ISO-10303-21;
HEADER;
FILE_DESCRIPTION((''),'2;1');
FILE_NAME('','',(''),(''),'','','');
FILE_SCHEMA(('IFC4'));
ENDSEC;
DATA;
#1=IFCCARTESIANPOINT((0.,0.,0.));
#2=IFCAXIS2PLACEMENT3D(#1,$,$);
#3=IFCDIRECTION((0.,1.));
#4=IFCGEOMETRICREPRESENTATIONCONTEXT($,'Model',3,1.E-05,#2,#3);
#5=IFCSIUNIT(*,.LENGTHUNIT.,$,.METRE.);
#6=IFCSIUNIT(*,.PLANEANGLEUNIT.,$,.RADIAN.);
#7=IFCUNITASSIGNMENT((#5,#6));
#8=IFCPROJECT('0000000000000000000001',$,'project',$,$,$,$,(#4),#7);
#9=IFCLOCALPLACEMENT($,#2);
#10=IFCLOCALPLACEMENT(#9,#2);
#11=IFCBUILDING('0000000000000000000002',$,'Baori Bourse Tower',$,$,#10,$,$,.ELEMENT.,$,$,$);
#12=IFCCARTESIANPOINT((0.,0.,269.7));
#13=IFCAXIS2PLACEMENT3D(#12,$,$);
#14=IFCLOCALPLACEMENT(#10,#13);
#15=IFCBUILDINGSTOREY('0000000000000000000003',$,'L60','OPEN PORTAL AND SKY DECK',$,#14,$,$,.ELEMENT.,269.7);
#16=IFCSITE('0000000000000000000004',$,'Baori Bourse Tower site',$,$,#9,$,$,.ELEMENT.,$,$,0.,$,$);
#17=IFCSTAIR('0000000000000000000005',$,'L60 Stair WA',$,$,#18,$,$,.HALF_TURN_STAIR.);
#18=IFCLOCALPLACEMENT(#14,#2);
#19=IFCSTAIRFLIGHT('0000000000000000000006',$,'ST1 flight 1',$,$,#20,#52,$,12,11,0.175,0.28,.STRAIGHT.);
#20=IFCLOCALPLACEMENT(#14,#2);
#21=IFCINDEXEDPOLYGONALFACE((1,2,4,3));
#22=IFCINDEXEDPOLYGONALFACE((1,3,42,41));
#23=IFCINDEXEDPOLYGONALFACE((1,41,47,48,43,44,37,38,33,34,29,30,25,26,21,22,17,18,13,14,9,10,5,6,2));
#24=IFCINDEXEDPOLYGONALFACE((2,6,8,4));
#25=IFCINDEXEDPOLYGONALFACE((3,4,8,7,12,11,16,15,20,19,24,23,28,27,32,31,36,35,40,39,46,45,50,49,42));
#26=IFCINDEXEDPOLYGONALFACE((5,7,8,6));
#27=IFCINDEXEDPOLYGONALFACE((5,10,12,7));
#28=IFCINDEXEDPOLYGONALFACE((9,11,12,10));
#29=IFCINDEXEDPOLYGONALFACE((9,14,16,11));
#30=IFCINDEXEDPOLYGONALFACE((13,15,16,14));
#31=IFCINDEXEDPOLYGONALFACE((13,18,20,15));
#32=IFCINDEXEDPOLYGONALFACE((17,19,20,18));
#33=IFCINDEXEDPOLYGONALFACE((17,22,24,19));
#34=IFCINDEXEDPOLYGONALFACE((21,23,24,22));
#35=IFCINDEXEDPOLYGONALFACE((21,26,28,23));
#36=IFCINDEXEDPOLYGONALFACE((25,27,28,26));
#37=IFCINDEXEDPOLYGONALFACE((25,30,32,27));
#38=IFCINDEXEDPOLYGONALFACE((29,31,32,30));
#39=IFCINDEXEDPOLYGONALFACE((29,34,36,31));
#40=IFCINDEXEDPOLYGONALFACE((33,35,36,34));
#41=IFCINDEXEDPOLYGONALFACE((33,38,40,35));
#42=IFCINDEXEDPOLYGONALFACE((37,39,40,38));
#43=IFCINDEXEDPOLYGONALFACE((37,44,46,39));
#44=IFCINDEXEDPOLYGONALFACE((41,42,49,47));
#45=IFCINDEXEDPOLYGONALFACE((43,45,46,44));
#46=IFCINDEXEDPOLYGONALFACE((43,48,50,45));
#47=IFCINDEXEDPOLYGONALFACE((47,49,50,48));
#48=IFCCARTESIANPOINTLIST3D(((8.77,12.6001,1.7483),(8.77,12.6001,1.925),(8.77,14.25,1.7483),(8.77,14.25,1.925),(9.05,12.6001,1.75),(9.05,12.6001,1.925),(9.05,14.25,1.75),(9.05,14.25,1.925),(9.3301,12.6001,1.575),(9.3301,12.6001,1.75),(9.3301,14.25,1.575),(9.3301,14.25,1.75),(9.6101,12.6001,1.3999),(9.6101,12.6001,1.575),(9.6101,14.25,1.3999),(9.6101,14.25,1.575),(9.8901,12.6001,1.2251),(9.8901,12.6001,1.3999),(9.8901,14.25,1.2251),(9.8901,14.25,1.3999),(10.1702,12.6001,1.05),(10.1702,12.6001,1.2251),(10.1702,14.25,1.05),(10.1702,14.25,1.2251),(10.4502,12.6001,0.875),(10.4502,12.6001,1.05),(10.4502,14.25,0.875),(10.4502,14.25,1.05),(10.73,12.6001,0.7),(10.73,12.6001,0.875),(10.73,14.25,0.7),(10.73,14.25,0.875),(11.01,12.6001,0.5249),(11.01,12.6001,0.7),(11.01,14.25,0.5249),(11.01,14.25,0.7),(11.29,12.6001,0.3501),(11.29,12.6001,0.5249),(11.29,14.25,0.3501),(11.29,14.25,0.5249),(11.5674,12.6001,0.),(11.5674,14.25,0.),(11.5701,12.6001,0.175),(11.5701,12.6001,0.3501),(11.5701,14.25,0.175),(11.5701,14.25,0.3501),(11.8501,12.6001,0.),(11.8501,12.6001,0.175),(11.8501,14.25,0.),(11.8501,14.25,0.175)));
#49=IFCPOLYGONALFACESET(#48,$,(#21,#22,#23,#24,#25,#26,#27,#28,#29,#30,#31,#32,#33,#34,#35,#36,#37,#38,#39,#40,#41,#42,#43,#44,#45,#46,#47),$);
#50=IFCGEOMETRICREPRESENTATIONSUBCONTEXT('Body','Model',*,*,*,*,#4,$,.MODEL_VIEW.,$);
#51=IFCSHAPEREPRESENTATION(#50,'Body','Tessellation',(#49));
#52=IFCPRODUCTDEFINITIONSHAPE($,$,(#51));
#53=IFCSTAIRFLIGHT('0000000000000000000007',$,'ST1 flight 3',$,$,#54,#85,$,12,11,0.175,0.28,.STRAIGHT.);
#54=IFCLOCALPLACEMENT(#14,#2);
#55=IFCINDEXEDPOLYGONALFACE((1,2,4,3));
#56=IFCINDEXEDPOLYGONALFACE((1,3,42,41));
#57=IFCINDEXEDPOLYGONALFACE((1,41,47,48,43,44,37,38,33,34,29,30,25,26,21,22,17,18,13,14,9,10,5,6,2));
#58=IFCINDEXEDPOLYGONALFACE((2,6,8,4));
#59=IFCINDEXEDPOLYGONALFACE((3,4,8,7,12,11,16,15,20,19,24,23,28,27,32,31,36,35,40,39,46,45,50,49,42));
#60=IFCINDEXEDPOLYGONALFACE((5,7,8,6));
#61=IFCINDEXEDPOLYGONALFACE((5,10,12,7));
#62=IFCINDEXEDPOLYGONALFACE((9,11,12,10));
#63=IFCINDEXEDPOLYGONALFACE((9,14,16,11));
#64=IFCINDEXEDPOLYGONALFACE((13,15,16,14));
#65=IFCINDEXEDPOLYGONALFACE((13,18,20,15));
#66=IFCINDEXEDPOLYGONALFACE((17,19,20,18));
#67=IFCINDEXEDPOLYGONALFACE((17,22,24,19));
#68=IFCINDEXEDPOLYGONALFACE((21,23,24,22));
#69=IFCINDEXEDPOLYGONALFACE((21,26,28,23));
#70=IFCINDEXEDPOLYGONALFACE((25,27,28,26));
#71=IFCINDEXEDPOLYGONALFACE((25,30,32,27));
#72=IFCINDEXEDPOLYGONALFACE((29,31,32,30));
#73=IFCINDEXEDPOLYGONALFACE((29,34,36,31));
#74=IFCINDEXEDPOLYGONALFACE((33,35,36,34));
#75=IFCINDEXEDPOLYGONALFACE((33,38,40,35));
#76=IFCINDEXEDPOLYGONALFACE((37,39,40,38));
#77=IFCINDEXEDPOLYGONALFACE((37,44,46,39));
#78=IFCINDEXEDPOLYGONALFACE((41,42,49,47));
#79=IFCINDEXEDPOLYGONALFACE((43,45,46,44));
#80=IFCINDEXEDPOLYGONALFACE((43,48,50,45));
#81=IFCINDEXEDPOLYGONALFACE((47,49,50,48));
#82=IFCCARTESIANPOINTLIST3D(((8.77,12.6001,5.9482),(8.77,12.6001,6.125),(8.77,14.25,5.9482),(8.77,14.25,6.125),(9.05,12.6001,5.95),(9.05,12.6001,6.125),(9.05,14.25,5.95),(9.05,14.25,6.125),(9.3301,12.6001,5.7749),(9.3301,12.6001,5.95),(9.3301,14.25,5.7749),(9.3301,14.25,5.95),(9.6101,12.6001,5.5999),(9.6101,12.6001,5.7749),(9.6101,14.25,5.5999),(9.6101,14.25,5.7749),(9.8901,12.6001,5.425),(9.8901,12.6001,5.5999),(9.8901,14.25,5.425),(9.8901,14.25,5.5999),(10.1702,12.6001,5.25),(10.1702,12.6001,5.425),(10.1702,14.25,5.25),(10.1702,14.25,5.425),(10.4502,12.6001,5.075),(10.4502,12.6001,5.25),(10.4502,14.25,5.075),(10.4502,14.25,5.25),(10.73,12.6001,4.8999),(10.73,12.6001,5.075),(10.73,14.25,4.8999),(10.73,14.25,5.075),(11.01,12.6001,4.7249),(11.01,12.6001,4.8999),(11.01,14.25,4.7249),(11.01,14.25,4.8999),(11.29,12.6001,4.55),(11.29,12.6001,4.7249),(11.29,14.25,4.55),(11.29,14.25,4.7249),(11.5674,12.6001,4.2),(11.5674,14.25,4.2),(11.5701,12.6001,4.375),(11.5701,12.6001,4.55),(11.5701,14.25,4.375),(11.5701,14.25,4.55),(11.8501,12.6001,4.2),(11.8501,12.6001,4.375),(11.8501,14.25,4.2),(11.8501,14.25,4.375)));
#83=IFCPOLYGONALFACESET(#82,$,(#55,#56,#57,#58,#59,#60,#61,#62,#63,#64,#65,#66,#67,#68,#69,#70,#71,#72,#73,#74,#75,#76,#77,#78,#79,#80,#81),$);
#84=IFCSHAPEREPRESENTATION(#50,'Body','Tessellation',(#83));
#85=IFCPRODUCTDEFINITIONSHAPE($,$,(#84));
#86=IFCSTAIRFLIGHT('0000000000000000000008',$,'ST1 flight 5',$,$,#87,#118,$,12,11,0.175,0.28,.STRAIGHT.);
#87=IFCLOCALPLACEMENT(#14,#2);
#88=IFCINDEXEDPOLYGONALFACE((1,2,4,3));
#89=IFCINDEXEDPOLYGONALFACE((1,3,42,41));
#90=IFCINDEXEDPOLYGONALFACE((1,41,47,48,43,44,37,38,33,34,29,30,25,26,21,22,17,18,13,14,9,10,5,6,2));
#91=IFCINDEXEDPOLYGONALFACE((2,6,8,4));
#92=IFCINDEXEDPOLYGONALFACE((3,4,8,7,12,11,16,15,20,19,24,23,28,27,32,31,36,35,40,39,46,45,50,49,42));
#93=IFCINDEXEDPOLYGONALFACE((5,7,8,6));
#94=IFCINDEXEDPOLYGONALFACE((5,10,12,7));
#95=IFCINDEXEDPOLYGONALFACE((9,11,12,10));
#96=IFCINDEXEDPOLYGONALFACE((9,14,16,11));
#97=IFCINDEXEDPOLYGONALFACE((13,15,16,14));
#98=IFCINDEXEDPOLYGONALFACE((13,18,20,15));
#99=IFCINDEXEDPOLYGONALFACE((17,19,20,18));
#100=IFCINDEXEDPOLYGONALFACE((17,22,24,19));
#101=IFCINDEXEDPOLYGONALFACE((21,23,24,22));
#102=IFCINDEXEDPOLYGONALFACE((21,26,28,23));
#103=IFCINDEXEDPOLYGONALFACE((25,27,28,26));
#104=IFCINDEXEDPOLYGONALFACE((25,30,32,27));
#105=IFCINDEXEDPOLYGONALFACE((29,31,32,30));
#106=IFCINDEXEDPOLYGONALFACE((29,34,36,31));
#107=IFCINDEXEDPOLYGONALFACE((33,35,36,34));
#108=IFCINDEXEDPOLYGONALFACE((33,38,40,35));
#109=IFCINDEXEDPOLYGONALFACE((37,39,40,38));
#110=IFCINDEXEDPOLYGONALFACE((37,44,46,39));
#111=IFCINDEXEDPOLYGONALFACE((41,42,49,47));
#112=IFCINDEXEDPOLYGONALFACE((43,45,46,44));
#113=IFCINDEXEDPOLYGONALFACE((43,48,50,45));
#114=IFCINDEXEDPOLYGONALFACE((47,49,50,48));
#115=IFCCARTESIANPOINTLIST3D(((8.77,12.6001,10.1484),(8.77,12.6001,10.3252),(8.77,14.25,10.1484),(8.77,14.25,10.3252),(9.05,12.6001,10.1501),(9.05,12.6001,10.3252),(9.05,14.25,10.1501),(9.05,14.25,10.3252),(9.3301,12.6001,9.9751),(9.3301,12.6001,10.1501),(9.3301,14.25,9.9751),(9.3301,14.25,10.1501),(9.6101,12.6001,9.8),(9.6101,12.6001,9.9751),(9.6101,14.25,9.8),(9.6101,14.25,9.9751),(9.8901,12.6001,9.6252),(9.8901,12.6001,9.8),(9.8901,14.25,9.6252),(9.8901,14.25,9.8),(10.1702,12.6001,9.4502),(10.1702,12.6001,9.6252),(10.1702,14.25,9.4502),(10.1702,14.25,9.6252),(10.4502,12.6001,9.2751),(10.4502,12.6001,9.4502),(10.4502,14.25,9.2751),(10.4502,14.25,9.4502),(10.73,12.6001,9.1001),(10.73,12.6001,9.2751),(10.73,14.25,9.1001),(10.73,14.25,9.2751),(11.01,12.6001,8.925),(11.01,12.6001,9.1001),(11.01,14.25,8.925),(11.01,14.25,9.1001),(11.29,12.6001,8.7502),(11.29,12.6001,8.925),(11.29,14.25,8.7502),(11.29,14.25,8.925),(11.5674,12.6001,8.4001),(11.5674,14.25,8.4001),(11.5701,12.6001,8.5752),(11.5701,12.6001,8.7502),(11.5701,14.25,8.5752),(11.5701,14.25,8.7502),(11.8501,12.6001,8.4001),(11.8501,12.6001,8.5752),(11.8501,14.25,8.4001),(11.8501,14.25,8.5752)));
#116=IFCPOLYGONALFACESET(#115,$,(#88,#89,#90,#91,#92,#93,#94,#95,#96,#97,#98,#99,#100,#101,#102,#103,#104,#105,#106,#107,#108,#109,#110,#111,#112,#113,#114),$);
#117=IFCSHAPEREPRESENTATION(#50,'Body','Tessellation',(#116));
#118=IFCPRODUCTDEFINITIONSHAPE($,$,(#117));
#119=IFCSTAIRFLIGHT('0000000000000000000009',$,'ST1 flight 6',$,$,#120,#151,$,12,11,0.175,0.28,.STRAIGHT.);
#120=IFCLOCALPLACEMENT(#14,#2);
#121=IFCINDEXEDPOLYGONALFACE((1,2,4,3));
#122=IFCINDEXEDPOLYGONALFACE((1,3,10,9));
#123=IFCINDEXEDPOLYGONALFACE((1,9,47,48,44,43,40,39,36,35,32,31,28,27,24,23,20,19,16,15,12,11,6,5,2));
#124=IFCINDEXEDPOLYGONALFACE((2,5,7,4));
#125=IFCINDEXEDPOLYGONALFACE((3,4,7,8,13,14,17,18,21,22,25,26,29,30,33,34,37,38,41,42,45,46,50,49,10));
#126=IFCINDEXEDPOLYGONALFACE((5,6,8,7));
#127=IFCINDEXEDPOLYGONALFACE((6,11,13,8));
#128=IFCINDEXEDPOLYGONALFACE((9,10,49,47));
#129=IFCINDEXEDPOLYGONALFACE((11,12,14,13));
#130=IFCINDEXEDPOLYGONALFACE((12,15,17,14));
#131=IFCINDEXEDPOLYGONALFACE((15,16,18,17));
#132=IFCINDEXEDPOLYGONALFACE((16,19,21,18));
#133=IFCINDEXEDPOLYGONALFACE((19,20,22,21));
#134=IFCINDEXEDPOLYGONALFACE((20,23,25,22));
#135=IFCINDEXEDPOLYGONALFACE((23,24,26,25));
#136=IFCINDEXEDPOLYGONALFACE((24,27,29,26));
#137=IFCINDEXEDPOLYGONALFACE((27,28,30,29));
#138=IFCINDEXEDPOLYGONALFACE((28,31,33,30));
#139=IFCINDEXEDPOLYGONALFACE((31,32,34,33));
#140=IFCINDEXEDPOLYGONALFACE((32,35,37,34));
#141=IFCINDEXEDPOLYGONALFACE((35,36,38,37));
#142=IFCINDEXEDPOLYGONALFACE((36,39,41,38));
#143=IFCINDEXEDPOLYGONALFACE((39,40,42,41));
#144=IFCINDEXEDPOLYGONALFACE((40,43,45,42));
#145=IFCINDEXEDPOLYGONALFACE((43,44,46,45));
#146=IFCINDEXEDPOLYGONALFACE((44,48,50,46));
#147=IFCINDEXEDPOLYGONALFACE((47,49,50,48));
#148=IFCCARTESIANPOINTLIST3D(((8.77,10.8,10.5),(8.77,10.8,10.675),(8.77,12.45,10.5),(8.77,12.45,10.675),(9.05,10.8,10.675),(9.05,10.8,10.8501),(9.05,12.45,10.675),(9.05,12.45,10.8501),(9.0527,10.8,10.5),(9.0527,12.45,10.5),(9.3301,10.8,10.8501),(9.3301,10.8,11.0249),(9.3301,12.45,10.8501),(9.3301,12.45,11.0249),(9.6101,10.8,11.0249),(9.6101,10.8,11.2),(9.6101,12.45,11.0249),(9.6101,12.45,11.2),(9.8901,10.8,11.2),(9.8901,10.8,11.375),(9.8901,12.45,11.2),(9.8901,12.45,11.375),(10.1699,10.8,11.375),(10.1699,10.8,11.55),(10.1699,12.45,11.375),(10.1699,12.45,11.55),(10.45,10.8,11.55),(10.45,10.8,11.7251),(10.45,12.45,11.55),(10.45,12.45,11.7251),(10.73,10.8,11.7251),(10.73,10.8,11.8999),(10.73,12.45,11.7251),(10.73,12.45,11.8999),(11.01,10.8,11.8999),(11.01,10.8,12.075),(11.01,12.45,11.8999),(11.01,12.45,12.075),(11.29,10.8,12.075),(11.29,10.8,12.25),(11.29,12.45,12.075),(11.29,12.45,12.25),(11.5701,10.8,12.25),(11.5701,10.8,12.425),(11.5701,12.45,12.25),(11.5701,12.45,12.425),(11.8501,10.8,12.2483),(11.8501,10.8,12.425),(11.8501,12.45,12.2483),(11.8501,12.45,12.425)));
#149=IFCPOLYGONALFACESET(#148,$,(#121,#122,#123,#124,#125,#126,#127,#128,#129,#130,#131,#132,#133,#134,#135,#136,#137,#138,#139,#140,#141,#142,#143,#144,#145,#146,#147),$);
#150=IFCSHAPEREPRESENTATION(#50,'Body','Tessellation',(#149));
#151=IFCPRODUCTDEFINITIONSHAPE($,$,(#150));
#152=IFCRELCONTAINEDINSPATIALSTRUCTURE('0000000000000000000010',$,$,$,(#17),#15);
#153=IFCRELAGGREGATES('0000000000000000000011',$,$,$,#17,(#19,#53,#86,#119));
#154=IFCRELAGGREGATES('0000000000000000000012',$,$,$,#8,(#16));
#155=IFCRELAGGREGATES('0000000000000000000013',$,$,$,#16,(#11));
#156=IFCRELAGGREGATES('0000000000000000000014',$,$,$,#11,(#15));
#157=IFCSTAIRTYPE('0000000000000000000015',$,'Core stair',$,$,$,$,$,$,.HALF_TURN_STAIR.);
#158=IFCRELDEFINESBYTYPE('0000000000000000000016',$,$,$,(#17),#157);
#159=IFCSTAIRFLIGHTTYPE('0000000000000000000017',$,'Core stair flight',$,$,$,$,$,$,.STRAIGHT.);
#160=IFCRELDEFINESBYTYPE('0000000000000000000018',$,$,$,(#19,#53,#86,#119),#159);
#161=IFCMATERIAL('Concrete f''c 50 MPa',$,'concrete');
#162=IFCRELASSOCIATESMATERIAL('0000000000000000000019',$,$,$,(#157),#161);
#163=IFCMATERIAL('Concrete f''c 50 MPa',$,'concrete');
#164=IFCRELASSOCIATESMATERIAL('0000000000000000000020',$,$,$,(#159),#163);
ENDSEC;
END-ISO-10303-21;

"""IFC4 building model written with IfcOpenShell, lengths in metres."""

from ifc_helpers import new_model, si_unit, direction, frame, origin, place, context, subcontext, project, spatial, polyline, outline, extrude, material, type_object, element, aggregate, save


model = new_model("IFC4")

# Units and contexts
model_context = context("Model", 3, precision=1e-05, world=origin(), true_north=direction((0.0, 1.0)))
body_context = subcontext(model_context, "Body", "Model", "MODEL_VIEW")
ifc_project = project(units=[si_unit("LENGTHUNIT", "METRE"), si_unit("PLANEANGLEUNIT", "RADIAN")], contexts=[model_context])

# Site, building, storey
site_placement = place(None, origin())
site = spatial("IfcSite", under=ifc_project, at=site_placement, Name="Baori Bourse Tower site", CompositionType="ELEMENT", RefElevation=0.0)
building_placement = place(site_placement, origin())
building = spatial("IfcBuilding", under=site, at=building_placement, Name="Baori Bourse Tower", CompositionType="ELEMENT")
storey_placement = place(building_placement, frame((0.0, 0.0, 269.7)))
storey = spatial("IfcBuildingStorey", under=building, at=storey_placement, Name="L60", Description="OPEN PORTAL AND SKY DECK", CompositionType="ELEMENT", Elevation=269.7)

# Stair, stair flights
ifc_material_1 = material(Name="Concrete f'c 50 MPa", Category="concrete")
stair_type = type_object("IfcStairType", Name="Core stair", PredefinedType="HALF_TURN_STAIR", material=ifc_material_1)
stair_placement = place(storey_placement, origin())
stair = element("IfcStair", 1, at=stair_placement, inside=storey, type_object=stair_type, Name="L60 Stair WA", PredefinedType="HALF_TURN_STAIR")
ifc_material_2 = material(Name="Concrete f'c 50 MPa", Category="concrete")
stair_flight_type = type_object("IfcStairFlightType", Name="Core stair flight", PredefinedType="STRAIGHT", material=ifc_material_2)
stair_flight_1_placement = place(storey_placement, frame((11.8501, 13.425, 0.0), z_axis=(0.0, 0.0, 1.0), x_axis=(-1.0, 0.0, 0.0)))
stair_flight_1 = element("IfcStairFlight", 2, at=stair_flight_1_placement, type_object=stair_flight_type, Name="ST1 flight 1", NumberOfRisers=12, NumberOfTreads=11, PredefinedType="STRAIGHT", RiserHeight=0.175, TreadLength=0.28, context=body_context, shape_type="SweptSolid", body=[
    extrude(outline(polyline([(0.0, 0.0), (0.0, 0.175), (0.28, 0.175), (0.28, 0.3501), (0.5601, 0.3501), (0.5601, 0.5249), (0.8401, 0.5249), (0.8401, 0.7), (1.1201, 0.7), (1.1201, 0.875), (1.3999, 0.875), (1.3999, 1.05), (1.6799, 1.05), (1.6799, 1.2251), (1.96, 1.2251), (1.96, 1.3999), (2.24, 1.3999), (2.24, 1.575), (2.52, 1.575), (2.52, 1.75), (2.8, 1.75), (2.8, 1.925), (3.0801, 1.925), (3.0801, 2.1001), (3.0801, 1.7483), (0.2827, 0.0), (0.0, 0.0)])), frame((0.0, 0.825, 0.0), z_axis=(0.0, -1.0, 0.0), x_axis=(1.0, 0.0, 0.0)), (0.0, 0.0, 1.0), 1.6499),
])
stair_flight_2_placement = place(storey_placement, frame((11.8501, 13.425, 4.2), z_axis=(0.0, 0.0, 1.0), x_axis=(-1.0, 0.0, 0.0)))
stair_flight_2 = element("IfcStairFlight", 3, at=stair_flight_2_placement, type_object=stair_flight_type, Name="ST1 flight 3", NumberOfRisers=12, NumberOfTreads=11, PredefinedType="STRAIGHT", RiserHeight=0.175, TreadLength=0.28, context=body_context, shape_type="SweptSolid", body=[
    extrude(outline(polyline([(0.0, 0.0), (0.0, 0.175), (0.28, 0.175), (0.28, 0.3501), (0.5601, 0.3501), (0.5601, 0.5249), (0.8401, 0.5249), (0.8401, 0.7), (1.1201, 0.7), (1.1201, 0.875), (1.3999, 0.875), (1.3999, 1.05), (1.6799, 1.05), (1.6799, 1.2251), (1.96, 1.2251), (1.96, 1.3999), (2.24, 1.3999), (2.24, 1.575), (2.52, 1.575), (2.52, 1.75), (2.8, 1.75), (2.8, 1.925), (3.0801, 1.925), (3.0801, 2.1001), (3.0801, 1.7483), (0.2827, 0.0), (0.0, 0.0)])), frame((0.0, 0.825, 0.0), z_axis=(0.0, -1.0, 0.0), x_axis=(1.0, 0.0, 0.0)), (0.0, 0.0, 1.0), 1.6499),
])
stair_flight_3_placement = place(storey_placement, frame((11.8501, 13.425, 8.4001), z_axis=(0.0, 0.0, 1.0), x_axis=(-1.0, 0.0, 0.0)))
stair_flight_3 = element("IfcStairFlight", 4, at=stair_flight_3_placement, type_object=stair_flight_type, Name="ST1 flight 5", NumberOfRisers=12, NumberOfTreads=11, PredefinedType="STRAIGHT", RiserHeight=0.175, TreadLength=0.28, context=body_context, shape_type="SweptSolid", body=[
    extrude(outline(polyline([(0.0, 0.0), (0.0, 0.175), (0.28, 0.175), (0.28, 0.3501), (0.5601, 0.3501), (0.5601, 0.5249), (0.8401, 0.5249), (0.8401, 0.7), (1.1201, 0.7), (1.1201, 0.875), (1.3999, 0.875), (1.3999, 1.05), (1.6799, 1.05), (1.6799, 1.2251), (1.96, 1.2251), (1.96, 1.3999), (2.24, 1.3999), (2.24, 1.575), (2.52, 1.575), (2.52, 1.75), (2.8, 1.75), (2.8, 1.925), (3.0801, 1.925), (3.0801, 2.1001), (3.0801, 1.7483), (0.2827, 0.0), (0.0, 0.0)])), frame((0.0, 0.825, 0.0), z_axis=(0.0, -1.0, 0.0), x_axis=(1.0, 0.0, 0.0)), (0.0, 0.0, 1.0), 1.6499),
])
stair_flight_4_placement = place(storey_placement, frame((8.77, 11.625, 10.5), z_axis=(0.0, 0.0, 1.0), x_axis=(1.0, 0.0, 0.0)))
stair_flight_4 = element("IfcStairFlight", 5, at=stair_flight_4_placement, type_object=stair_flight_type, Name="ST1 flight 6", NumberOfRisers=12, NumberOfTreads=11, PredefinedType="STRAIGHT", RiserHeight=0.175, TreadLength=0.28, context=body_context, shape_type="SweptSolid", body=[
    extrude(outline(polyline([(0.0, 0.0), (0.0, 0.175), (0.28, 0.175), (0.28, 0.3501), (0.5601, 0.3501), (0.5601, 0.5249), (0.8401, 0.5249), (0.8401, 0.7), (1.1201, 0.7), (1.1201, 0.875), (1.3999, 0.875), (1.3999, 1.05), (1.6799, 1.05), (1.6799, 1.2251), (1.96, 1.2251), (1.96, 1.3999), (2.24, 1.3999), (2.24, 1.575), (2.52, 1.575), (2.52, 1.75), (2.8, 1.75), (2.8, 1.925), (3.0801, 1.925), (3.0801, 2.1001), (3.0801, 1.7483), (0.2827, 0.0), (0.0, 0.0)])), frame((0.0, 0.825, 0.0), z_axis=(0.0, -1.0, 0.0), x_axis=(1.0, 0.0, 0.0)), (0.0, 0.0, 1.0), 1.6499),
])
aggregate(stair, [stair_flight_1, stair_flight_2, stair_flight_3, stair_flight_4])

save(model, "model.ifc")
